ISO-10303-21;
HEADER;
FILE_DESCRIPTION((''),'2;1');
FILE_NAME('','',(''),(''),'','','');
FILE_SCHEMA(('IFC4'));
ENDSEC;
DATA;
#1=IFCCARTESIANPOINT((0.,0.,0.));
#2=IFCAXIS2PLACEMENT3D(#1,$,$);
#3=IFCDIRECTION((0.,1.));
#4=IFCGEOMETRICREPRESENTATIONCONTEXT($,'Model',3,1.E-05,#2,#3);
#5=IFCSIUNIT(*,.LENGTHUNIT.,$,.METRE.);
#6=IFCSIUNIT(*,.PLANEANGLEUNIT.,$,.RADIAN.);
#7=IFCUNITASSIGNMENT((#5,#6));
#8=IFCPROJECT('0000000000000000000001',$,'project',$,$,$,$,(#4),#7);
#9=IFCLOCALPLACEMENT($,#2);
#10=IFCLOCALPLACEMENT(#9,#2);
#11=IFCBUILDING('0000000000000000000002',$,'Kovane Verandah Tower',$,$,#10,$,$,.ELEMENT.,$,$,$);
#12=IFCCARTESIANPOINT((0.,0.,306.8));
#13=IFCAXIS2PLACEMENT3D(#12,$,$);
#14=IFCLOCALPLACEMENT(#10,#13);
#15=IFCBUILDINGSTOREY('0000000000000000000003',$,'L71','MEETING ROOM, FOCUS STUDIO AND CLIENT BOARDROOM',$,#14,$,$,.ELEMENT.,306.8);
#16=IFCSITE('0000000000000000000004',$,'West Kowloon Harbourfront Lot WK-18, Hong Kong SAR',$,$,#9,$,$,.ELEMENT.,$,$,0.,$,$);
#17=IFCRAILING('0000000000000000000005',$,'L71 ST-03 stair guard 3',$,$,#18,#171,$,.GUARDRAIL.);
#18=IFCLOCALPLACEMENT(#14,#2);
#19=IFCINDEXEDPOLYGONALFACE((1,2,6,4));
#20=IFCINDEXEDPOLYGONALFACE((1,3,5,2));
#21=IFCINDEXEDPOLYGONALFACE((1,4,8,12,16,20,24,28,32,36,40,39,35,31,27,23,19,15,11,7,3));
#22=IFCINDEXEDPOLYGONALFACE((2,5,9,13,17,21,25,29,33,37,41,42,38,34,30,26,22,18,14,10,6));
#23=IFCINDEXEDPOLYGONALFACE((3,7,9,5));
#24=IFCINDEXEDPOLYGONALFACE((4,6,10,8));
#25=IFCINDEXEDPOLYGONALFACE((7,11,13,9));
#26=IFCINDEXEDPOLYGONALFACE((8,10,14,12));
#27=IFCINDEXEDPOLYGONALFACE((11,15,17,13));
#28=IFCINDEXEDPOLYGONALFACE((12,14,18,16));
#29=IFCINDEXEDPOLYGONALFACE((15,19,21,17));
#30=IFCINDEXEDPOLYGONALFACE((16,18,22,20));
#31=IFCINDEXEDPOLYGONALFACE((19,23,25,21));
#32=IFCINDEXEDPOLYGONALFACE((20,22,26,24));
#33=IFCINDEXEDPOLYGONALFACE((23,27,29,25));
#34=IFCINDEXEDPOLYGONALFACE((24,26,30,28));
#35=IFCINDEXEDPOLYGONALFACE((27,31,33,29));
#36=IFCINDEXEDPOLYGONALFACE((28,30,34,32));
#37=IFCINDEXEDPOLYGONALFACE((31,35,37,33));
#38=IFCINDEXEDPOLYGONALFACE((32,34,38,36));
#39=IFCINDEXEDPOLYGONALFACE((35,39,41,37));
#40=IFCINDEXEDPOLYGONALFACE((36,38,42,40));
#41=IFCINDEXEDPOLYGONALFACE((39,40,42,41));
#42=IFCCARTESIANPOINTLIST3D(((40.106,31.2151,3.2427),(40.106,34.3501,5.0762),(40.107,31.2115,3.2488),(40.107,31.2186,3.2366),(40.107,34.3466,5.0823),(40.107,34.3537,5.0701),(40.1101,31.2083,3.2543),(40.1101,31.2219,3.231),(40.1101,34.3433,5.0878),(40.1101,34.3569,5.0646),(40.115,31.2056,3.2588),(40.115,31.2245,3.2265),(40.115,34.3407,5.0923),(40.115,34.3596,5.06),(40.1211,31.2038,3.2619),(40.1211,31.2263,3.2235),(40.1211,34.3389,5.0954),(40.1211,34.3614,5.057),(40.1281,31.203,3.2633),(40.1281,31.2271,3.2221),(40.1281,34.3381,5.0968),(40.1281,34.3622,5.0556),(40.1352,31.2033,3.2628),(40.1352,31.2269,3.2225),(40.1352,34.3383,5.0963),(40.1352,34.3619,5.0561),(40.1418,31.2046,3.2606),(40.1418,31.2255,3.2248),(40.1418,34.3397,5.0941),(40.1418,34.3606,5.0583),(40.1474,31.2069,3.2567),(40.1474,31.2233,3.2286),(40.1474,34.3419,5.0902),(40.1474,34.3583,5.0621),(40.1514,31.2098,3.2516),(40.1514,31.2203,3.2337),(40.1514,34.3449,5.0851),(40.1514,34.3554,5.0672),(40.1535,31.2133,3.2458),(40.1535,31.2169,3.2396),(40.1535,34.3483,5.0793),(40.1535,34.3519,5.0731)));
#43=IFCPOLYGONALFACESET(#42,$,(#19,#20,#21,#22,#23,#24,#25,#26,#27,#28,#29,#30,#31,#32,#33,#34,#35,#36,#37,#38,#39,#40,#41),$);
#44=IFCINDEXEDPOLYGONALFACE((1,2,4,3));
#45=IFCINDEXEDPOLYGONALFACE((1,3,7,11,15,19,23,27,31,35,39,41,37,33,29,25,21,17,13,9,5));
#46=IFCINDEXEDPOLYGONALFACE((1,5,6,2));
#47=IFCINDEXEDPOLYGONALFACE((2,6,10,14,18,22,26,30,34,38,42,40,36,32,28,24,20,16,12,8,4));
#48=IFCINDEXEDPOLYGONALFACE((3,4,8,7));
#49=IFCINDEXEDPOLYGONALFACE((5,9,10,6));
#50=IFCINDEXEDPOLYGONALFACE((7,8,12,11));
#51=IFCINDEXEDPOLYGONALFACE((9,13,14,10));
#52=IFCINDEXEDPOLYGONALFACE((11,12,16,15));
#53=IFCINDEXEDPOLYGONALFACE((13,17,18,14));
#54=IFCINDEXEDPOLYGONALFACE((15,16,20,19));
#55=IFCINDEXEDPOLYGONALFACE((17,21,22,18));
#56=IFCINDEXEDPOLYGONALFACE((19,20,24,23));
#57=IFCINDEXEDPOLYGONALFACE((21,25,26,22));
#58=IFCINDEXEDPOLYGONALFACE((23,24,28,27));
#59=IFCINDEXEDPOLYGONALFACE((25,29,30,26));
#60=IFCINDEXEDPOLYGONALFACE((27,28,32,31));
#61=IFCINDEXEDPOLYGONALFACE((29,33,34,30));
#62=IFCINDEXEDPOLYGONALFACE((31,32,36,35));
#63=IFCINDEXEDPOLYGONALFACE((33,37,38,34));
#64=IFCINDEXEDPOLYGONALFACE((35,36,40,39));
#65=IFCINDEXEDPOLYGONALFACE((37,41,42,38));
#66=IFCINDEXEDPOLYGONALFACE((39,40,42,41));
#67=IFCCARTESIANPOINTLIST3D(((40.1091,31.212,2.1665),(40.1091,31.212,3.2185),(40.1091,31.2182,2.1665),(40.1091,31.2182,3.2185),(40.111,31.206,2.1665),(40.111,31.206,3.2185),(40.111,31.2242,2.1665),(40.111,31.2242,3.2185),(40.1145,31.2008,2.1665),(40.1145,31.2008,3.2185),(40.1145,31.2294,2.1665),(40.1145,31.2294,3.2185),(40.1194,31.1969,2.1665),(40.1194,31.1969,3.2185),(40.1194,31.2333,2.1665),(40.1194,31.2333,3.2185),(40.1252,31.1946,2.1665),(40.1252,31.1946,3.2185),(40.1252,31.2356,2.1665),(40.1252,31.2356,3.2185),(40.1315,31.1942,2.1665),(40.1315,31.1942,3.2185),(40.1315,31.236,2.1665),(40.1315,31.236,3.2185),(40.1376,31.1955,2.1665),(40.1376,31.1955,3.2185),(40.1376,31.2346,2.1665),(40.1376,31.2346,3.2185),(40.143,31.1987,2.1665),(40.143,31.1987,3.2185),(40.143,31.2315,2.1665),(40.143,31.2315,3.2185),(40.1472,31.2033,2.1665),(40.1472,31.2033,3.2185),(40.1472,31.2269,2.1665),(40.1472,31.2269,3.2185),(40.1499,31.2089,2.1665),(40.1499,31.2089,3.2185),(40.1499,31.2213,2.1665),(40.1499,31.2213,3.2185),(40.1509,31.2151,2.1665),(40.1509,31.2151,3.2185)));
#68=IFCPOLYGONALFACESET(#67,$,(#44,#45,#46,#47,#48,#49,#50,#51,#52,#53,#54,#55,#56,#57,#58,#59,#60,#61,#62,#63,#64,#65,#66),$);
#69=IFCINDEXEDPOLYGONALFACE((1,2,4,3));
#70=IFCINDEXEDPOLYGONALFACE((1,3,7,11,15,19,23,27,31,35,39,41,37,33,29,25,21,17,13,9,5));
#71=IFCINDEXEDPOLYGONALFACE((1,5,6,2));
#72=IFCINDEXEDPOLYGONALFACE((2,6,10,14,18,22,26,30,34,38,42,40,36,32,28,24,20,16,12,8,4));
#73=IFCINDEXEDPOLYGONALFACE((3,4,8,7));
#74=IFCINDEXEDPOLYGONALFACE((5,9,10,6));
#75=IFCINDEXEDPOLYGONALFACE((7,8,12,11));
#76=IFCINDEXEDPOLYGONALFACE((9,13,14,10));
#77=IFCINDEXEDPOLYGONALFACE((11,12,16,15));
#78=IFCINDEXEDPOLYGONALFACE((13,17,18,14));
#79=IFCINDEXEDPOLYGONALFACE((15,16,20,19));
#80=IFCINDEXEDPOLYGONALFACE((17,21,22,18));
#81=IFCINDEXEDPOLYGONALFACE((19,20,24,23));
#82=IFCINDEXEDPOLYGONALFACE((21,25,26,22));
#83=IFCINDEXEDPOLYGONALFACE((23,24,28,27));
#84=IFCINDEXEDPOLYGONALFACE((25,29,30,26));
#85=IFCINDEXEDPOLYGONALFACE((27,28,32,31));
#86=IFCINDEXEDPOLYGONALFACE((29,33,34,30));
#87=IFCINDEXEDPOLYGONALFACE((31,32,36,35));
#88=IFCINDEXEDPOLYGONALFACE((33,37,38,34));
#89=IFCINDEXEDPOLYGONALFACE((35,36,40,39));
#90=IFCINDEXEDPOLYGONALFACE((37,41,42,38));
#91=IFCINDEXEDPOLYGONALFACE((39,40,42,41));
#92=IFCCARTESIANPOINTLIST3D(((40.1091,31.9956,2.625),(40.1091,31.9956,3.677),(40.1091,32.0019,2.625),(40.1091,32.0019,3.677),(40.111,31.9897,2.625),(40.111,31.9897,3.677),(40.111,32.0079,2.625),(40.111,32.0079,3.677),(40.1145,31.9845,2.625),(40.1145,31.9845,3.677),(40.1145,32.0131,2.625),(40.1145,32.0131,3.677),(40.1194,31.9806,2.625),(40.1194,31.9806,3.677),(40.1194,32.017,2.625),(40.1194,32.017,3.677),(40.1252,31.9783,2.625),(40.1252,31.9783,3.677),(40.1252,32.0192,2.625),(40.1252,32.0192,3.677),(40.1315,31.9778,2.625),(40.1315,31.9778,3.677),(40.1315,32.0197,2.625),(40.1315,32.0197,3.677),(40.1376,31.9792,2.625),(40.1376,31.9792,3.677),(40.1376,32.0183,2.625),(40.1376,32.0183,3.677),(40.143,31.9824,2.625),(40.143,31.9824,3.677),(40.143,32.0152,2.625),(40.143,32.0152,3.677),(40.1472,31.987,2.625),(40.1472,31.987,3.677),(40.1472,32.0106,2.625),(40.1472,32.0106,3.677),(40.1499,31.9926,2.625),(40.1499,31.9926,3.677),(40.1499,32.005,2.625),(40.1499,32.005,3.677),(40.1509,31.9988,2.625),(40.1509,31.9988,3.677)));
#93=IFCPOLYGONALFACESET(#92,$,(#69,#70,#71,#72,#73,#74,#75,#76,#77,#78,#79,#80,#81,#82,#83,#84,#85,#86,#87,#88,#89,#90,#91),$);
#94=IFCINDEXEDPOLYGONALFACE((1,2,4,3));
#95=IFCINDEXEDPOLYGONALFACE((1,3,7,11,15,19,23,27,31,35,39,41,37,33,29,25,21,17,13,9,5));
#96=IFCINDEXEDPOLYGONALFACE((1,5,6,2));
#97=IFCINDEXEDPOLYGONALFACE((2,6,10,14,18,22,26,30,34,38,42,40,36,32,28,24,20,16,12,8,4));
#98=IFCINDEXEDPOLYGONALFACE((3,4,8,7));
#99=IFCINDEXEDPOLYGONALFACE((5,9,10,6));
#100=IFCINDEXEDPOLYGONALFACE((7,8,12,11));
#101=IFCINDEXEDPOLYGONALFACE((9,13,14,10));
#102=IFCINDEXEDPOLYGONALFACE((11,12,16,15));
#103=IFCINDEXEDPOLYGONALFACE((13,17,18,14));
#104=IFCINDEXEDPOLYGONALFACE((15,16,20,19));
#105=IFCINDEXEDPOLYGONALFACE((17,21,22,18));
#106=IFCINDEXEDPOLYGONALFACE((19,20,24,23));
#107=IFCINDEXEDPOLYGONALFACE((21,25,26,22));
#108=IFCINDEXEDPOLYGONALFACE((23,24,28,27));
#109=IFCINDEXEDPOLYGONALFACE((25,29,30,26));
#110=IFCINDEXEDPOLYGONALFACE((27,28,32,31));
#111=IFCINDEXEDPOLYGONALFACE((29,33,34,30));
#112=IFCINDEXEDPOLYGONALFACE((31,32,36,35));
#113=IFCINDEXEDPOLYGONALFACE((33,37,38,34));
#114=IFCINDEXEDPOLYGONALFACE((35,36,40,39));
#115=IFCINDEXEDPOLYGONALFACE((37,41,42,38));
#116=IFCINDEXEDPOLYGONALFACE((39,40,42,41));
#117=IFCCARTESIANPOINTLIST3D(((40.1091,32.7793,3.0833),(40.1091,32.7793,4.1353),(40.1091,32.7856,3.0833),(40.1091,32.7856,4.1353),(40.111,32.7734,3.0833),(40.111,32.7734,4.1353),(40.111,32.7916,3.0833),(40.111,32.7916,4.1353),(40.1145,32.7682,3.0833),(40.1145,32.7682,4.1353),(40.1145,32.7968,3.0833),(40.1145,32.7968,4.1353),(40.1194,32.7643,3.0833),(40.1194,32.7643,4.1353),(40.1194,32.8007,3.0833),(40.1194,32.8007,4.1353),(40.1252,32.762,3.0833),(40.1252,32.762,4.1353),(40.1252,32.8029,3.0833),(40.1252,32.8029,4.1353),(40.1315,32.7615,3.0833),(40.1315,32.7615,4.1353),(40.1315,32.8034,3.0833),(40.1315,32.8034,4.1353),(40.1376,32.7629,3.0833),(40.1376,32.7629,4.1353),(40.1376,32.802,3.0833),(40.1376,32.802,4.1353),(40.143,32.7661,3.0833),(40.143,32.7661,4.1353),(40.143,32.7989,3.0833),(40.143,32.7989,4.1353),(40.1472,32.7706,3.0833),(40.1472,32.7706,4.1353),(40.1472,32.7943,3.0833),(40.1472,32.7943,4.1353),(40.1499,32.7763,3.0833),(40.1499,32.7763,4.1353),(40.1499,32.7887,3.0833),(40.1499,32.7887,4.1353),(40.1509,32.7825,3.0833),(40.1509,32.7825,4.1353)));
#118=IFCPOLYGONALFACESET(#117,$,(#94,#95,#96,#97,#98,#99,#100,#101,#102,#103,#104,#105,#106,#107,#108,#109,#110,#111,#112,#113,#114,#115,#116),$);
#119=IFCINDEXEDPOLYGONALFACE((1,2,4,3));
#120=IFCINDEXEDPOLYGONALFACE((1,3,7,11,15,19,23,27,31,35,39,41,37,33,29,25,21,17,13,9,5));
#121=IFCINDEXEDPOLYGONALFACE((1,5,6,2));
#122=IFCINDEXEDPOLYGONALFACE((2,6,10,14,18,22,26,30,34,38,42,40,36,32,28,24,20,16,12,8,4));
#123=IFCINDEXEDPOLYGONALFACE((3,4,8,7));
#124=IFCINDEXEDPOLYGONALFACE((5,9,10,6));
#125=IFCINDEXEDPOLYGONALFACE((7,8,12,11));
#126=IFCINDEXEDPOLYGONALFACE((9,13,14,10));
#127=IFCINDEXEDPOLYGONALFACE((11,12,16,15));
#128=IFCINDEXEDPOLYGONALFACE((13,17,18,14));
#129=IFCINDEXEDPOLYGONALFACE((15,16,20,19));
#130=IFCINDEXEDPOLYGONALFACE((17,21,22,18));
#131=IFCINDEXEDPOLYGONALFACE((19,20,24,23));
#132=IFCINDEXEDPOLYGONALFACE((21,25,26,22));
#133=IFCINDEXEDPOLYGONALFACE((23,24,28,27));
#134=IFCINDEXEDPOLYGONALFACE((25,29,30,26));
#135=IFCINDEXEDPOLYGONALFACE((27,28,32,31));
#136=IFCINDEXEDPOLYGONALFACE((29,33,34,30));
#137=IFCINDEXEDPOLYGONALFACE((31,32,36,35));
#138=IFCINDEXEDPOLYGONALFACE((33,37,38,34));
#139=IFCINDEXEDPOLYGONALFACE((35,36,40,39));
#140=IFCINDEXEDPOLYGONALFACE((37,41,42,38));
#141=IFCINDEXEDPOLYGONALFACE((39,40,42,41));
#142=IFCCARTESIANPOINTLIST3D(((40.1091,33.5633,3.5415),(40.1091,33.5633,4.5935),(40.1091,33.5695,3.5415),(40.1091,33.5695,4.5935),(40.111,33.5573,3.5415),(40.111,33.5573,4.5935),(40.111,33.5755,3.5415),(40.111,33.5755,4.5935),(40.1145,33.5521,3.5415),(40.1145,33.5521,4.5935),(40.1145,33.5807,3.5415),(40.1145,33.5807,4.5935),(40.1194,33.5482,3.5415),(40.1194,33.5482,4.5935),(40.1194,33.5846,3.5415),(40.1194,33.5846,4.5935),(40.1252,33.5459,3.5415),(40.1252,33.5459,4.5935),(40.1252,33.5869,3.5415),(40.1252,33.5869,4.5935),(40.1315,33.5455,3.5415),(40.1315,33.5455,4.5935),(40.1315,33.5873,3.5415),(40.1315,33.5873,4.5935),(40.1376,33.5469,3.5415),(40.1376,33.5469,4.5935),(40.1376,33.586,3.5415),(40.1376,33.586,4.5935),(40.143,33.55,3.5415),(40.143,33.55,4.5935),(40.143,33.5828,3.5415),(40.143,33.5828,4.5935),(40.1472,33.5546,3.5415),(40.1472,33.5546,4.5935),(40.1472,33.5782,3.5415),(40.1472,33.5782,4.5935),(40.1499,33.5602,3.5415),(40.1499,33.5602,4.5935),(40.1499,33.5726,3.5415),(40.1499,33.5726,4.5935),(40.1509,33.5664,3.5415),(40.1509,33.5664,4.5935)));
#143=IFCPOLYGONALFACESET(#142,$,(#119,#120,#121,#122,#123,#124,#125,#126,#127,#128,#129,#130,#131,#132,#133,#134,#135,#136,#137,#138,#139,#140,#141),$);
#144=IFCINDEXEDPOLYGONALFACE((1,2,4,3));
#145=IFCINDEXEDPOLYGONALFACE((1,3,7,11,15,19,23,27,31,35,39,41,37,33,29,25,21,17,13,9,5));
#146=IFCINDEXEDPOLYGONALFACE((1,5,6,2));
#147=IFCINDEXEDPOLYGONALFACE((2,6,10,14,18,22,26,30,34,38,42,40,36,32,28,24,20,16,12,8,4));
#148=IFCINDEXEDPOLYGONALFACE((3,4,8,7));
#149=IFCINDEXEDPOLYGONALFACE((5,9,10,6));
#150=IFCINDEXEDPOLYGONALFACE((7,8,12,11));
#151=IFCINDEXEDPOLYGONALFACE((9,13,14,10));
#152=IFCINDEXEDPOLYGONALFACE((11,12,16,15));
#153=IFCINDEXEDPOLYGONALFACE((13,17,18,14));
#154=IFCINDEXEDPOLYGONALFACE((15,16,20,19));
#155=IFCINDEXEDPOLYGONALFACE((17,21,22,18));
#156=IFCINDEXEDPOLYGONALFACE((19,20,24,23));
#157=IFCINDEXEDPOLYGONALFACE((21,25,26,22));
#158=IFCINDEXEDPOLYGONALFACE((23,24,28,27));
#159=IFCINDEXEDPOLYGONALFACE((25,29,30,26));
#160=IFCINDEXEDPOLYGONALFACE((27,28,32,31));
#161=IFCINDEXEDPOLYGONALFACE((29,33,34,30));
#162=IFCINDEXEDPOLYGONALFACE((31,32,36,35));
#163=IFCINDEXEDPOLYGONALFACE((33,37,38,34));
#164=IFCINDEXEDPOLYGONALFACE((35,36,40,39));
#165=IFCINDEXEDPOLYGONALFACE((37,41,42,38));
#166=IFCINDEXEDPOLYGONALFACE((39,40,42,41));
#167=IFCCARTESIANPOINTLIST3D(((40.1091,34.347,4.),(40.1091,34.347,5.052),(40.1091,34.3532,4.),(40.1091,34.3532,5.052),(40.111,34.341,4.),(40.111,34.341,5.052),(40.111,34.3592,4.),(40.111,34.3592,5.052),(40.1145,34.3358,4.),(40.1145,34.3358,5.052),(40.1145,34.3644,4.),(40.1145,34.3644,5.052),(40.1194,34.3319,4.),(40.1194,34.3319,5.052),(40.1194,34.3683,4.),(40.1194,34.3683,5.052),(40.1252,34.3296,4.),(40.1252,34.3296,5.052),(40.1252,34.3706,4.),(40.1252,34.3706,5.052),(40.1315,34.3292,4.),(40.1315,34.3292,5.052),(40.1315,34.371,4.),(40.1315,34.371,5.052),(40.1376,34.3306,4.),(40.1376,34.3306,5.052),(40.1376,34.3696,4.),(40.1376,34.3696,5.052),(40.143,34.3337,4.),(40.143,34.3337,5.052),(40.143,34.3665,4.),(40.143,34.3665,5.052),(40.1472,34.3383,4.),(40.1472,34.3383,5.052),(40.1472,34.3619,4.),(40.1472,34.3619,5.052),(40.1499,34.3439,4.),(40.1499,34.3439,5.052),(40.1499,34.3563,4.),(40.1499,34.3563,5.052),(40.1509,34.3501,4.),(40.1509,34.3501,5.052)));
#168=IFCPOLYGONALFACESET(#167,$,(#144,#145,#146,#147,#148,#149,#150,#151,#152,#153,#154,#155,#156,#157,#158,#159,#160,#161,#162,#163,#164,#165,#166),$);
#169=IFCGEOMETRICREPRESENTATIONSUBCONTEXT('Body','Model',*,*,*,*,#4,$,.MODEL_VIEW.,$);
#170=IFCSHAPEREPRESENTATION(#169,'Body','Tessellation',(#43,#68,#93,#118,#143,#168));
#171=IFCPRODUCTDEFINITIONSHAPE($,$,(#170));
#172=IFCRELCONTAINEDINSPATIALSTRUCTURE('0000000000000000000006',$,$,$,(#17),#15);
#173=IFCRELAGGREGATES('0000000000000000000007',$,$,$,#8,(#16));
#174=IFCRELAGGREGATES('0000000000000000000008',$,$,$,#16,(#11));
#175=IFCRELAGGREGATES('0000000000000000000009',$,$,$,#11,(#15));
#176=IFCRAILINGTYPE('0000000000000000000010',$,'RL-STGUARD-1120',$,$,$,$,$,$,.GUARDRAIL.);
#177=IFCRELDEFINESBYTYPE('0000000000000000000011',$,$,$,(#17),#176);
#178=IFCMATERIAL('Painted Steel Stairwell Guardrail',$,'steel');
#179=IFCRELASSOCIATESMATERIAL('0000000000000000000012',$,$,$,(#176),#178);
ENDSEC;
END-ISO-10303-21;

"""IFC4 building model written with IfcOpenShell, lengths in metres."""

from ifc_helpers import new_model, si_unit, direction, frame, origin, origin_2d, place, context, subcontext, project, spatial, circle, extrude, material, type_object, element, save


model = new_model("IFC4")

# Units and contexts
model_context = context("Model", 3, precision=1e-05, world=origin(), true_north=direction((0.0, 1.0)))
body_context = subcontext(model_context, "Body", "Model", "MODEL_VIEW")
ifc_project = project(units=[si_unit("LENGTHUNIT", "METRE"), si_unit("PLANEANGLEUNIT", "RADIAN")], contexts=[model_context])

# Site, building, storey
site_placement = place(None, origin())
site = spatial("IfcSite", under=ifc_project, at=site_placement, Name="West Kowloon Harbourfront Lot WK-18, Hong Kong SAR", CompositionType="ELEMENT", RefElevation=0.0)
building_placement = place(site_placement, origin())
building = spatial("IfcBuilding", under=site, at=building_placement, Name="Kovane Verandah Tower", CompositionType="ELEMENT")
storey_placement = place(building_placement, frame((0.0, 0.0, 306.8)))
storey = spatial("IfcBuildingStorey", under=building, at=storey_placement, Name="L71", Description="MEETING ROOM, FOCUS STUDIO AND CLIENT BOARDROOM", CompositionType="ELEMENT", Elevation=306.8)

# Railing
ifc_material_1 = material(Name="Painted Steel Stairwell Guardrail", Category="steel")
railing_type_1 = type_object("IfcRailingType", Name="RL-STGUARD-1120", PredefinedType="GUARDRAIL", material=ifc_material_1)
railing_1_placement = place(storey_placement, frame((40.1299, 31.2151, 2.1665)))
element("IfcRailing", 1, at=railing_1_placement, inside=storey, type_object=railing_type_1, Name="L71 ST-03 stair guard 3", PredefinedType="GUARDRAIL", context=body_context, shape_type="SweptSolid", body=[
    extrude(circle(Radius=0.0239, at=origin_2d()), frame((0.0, 0.0, 1.0762), z_axis=(0.0, 0.86321, 0.504845), x_axis=(-1.0, 0.0, 0.0)), (0.0, 0.0, 1.0), 3.6318),
    extrude(circle(Radius=0.021, at=origin_2d()), origin(), (0.0, 0.0, 1.0), 1.052),
    extrude(circle(Radius=0.021, at=origin_2d()), frame((0.0, 0.7837, 0.4585)), (0.0, 0.0, 1.0), 1.052),
    extrude(circle(Radius=0.021, at=origin_2d()), frame((0.0, 1.5674, 0.9167)), (0.0, 0.0, 1.0), 1.052),
    extrude(circle(Radius=0.021, at=origin_2d()), frame((0.0, 2.3513, 1.375)), (0.0, 0.0, 1.0), 1.052),
    extrude(circle(Radius=0.021, at=origin_2d()), frame((0.0, 3.135, 1.8335)), (0.0, 0.0, 1.0), 1.052),
])

save(model, "model.ifc")
